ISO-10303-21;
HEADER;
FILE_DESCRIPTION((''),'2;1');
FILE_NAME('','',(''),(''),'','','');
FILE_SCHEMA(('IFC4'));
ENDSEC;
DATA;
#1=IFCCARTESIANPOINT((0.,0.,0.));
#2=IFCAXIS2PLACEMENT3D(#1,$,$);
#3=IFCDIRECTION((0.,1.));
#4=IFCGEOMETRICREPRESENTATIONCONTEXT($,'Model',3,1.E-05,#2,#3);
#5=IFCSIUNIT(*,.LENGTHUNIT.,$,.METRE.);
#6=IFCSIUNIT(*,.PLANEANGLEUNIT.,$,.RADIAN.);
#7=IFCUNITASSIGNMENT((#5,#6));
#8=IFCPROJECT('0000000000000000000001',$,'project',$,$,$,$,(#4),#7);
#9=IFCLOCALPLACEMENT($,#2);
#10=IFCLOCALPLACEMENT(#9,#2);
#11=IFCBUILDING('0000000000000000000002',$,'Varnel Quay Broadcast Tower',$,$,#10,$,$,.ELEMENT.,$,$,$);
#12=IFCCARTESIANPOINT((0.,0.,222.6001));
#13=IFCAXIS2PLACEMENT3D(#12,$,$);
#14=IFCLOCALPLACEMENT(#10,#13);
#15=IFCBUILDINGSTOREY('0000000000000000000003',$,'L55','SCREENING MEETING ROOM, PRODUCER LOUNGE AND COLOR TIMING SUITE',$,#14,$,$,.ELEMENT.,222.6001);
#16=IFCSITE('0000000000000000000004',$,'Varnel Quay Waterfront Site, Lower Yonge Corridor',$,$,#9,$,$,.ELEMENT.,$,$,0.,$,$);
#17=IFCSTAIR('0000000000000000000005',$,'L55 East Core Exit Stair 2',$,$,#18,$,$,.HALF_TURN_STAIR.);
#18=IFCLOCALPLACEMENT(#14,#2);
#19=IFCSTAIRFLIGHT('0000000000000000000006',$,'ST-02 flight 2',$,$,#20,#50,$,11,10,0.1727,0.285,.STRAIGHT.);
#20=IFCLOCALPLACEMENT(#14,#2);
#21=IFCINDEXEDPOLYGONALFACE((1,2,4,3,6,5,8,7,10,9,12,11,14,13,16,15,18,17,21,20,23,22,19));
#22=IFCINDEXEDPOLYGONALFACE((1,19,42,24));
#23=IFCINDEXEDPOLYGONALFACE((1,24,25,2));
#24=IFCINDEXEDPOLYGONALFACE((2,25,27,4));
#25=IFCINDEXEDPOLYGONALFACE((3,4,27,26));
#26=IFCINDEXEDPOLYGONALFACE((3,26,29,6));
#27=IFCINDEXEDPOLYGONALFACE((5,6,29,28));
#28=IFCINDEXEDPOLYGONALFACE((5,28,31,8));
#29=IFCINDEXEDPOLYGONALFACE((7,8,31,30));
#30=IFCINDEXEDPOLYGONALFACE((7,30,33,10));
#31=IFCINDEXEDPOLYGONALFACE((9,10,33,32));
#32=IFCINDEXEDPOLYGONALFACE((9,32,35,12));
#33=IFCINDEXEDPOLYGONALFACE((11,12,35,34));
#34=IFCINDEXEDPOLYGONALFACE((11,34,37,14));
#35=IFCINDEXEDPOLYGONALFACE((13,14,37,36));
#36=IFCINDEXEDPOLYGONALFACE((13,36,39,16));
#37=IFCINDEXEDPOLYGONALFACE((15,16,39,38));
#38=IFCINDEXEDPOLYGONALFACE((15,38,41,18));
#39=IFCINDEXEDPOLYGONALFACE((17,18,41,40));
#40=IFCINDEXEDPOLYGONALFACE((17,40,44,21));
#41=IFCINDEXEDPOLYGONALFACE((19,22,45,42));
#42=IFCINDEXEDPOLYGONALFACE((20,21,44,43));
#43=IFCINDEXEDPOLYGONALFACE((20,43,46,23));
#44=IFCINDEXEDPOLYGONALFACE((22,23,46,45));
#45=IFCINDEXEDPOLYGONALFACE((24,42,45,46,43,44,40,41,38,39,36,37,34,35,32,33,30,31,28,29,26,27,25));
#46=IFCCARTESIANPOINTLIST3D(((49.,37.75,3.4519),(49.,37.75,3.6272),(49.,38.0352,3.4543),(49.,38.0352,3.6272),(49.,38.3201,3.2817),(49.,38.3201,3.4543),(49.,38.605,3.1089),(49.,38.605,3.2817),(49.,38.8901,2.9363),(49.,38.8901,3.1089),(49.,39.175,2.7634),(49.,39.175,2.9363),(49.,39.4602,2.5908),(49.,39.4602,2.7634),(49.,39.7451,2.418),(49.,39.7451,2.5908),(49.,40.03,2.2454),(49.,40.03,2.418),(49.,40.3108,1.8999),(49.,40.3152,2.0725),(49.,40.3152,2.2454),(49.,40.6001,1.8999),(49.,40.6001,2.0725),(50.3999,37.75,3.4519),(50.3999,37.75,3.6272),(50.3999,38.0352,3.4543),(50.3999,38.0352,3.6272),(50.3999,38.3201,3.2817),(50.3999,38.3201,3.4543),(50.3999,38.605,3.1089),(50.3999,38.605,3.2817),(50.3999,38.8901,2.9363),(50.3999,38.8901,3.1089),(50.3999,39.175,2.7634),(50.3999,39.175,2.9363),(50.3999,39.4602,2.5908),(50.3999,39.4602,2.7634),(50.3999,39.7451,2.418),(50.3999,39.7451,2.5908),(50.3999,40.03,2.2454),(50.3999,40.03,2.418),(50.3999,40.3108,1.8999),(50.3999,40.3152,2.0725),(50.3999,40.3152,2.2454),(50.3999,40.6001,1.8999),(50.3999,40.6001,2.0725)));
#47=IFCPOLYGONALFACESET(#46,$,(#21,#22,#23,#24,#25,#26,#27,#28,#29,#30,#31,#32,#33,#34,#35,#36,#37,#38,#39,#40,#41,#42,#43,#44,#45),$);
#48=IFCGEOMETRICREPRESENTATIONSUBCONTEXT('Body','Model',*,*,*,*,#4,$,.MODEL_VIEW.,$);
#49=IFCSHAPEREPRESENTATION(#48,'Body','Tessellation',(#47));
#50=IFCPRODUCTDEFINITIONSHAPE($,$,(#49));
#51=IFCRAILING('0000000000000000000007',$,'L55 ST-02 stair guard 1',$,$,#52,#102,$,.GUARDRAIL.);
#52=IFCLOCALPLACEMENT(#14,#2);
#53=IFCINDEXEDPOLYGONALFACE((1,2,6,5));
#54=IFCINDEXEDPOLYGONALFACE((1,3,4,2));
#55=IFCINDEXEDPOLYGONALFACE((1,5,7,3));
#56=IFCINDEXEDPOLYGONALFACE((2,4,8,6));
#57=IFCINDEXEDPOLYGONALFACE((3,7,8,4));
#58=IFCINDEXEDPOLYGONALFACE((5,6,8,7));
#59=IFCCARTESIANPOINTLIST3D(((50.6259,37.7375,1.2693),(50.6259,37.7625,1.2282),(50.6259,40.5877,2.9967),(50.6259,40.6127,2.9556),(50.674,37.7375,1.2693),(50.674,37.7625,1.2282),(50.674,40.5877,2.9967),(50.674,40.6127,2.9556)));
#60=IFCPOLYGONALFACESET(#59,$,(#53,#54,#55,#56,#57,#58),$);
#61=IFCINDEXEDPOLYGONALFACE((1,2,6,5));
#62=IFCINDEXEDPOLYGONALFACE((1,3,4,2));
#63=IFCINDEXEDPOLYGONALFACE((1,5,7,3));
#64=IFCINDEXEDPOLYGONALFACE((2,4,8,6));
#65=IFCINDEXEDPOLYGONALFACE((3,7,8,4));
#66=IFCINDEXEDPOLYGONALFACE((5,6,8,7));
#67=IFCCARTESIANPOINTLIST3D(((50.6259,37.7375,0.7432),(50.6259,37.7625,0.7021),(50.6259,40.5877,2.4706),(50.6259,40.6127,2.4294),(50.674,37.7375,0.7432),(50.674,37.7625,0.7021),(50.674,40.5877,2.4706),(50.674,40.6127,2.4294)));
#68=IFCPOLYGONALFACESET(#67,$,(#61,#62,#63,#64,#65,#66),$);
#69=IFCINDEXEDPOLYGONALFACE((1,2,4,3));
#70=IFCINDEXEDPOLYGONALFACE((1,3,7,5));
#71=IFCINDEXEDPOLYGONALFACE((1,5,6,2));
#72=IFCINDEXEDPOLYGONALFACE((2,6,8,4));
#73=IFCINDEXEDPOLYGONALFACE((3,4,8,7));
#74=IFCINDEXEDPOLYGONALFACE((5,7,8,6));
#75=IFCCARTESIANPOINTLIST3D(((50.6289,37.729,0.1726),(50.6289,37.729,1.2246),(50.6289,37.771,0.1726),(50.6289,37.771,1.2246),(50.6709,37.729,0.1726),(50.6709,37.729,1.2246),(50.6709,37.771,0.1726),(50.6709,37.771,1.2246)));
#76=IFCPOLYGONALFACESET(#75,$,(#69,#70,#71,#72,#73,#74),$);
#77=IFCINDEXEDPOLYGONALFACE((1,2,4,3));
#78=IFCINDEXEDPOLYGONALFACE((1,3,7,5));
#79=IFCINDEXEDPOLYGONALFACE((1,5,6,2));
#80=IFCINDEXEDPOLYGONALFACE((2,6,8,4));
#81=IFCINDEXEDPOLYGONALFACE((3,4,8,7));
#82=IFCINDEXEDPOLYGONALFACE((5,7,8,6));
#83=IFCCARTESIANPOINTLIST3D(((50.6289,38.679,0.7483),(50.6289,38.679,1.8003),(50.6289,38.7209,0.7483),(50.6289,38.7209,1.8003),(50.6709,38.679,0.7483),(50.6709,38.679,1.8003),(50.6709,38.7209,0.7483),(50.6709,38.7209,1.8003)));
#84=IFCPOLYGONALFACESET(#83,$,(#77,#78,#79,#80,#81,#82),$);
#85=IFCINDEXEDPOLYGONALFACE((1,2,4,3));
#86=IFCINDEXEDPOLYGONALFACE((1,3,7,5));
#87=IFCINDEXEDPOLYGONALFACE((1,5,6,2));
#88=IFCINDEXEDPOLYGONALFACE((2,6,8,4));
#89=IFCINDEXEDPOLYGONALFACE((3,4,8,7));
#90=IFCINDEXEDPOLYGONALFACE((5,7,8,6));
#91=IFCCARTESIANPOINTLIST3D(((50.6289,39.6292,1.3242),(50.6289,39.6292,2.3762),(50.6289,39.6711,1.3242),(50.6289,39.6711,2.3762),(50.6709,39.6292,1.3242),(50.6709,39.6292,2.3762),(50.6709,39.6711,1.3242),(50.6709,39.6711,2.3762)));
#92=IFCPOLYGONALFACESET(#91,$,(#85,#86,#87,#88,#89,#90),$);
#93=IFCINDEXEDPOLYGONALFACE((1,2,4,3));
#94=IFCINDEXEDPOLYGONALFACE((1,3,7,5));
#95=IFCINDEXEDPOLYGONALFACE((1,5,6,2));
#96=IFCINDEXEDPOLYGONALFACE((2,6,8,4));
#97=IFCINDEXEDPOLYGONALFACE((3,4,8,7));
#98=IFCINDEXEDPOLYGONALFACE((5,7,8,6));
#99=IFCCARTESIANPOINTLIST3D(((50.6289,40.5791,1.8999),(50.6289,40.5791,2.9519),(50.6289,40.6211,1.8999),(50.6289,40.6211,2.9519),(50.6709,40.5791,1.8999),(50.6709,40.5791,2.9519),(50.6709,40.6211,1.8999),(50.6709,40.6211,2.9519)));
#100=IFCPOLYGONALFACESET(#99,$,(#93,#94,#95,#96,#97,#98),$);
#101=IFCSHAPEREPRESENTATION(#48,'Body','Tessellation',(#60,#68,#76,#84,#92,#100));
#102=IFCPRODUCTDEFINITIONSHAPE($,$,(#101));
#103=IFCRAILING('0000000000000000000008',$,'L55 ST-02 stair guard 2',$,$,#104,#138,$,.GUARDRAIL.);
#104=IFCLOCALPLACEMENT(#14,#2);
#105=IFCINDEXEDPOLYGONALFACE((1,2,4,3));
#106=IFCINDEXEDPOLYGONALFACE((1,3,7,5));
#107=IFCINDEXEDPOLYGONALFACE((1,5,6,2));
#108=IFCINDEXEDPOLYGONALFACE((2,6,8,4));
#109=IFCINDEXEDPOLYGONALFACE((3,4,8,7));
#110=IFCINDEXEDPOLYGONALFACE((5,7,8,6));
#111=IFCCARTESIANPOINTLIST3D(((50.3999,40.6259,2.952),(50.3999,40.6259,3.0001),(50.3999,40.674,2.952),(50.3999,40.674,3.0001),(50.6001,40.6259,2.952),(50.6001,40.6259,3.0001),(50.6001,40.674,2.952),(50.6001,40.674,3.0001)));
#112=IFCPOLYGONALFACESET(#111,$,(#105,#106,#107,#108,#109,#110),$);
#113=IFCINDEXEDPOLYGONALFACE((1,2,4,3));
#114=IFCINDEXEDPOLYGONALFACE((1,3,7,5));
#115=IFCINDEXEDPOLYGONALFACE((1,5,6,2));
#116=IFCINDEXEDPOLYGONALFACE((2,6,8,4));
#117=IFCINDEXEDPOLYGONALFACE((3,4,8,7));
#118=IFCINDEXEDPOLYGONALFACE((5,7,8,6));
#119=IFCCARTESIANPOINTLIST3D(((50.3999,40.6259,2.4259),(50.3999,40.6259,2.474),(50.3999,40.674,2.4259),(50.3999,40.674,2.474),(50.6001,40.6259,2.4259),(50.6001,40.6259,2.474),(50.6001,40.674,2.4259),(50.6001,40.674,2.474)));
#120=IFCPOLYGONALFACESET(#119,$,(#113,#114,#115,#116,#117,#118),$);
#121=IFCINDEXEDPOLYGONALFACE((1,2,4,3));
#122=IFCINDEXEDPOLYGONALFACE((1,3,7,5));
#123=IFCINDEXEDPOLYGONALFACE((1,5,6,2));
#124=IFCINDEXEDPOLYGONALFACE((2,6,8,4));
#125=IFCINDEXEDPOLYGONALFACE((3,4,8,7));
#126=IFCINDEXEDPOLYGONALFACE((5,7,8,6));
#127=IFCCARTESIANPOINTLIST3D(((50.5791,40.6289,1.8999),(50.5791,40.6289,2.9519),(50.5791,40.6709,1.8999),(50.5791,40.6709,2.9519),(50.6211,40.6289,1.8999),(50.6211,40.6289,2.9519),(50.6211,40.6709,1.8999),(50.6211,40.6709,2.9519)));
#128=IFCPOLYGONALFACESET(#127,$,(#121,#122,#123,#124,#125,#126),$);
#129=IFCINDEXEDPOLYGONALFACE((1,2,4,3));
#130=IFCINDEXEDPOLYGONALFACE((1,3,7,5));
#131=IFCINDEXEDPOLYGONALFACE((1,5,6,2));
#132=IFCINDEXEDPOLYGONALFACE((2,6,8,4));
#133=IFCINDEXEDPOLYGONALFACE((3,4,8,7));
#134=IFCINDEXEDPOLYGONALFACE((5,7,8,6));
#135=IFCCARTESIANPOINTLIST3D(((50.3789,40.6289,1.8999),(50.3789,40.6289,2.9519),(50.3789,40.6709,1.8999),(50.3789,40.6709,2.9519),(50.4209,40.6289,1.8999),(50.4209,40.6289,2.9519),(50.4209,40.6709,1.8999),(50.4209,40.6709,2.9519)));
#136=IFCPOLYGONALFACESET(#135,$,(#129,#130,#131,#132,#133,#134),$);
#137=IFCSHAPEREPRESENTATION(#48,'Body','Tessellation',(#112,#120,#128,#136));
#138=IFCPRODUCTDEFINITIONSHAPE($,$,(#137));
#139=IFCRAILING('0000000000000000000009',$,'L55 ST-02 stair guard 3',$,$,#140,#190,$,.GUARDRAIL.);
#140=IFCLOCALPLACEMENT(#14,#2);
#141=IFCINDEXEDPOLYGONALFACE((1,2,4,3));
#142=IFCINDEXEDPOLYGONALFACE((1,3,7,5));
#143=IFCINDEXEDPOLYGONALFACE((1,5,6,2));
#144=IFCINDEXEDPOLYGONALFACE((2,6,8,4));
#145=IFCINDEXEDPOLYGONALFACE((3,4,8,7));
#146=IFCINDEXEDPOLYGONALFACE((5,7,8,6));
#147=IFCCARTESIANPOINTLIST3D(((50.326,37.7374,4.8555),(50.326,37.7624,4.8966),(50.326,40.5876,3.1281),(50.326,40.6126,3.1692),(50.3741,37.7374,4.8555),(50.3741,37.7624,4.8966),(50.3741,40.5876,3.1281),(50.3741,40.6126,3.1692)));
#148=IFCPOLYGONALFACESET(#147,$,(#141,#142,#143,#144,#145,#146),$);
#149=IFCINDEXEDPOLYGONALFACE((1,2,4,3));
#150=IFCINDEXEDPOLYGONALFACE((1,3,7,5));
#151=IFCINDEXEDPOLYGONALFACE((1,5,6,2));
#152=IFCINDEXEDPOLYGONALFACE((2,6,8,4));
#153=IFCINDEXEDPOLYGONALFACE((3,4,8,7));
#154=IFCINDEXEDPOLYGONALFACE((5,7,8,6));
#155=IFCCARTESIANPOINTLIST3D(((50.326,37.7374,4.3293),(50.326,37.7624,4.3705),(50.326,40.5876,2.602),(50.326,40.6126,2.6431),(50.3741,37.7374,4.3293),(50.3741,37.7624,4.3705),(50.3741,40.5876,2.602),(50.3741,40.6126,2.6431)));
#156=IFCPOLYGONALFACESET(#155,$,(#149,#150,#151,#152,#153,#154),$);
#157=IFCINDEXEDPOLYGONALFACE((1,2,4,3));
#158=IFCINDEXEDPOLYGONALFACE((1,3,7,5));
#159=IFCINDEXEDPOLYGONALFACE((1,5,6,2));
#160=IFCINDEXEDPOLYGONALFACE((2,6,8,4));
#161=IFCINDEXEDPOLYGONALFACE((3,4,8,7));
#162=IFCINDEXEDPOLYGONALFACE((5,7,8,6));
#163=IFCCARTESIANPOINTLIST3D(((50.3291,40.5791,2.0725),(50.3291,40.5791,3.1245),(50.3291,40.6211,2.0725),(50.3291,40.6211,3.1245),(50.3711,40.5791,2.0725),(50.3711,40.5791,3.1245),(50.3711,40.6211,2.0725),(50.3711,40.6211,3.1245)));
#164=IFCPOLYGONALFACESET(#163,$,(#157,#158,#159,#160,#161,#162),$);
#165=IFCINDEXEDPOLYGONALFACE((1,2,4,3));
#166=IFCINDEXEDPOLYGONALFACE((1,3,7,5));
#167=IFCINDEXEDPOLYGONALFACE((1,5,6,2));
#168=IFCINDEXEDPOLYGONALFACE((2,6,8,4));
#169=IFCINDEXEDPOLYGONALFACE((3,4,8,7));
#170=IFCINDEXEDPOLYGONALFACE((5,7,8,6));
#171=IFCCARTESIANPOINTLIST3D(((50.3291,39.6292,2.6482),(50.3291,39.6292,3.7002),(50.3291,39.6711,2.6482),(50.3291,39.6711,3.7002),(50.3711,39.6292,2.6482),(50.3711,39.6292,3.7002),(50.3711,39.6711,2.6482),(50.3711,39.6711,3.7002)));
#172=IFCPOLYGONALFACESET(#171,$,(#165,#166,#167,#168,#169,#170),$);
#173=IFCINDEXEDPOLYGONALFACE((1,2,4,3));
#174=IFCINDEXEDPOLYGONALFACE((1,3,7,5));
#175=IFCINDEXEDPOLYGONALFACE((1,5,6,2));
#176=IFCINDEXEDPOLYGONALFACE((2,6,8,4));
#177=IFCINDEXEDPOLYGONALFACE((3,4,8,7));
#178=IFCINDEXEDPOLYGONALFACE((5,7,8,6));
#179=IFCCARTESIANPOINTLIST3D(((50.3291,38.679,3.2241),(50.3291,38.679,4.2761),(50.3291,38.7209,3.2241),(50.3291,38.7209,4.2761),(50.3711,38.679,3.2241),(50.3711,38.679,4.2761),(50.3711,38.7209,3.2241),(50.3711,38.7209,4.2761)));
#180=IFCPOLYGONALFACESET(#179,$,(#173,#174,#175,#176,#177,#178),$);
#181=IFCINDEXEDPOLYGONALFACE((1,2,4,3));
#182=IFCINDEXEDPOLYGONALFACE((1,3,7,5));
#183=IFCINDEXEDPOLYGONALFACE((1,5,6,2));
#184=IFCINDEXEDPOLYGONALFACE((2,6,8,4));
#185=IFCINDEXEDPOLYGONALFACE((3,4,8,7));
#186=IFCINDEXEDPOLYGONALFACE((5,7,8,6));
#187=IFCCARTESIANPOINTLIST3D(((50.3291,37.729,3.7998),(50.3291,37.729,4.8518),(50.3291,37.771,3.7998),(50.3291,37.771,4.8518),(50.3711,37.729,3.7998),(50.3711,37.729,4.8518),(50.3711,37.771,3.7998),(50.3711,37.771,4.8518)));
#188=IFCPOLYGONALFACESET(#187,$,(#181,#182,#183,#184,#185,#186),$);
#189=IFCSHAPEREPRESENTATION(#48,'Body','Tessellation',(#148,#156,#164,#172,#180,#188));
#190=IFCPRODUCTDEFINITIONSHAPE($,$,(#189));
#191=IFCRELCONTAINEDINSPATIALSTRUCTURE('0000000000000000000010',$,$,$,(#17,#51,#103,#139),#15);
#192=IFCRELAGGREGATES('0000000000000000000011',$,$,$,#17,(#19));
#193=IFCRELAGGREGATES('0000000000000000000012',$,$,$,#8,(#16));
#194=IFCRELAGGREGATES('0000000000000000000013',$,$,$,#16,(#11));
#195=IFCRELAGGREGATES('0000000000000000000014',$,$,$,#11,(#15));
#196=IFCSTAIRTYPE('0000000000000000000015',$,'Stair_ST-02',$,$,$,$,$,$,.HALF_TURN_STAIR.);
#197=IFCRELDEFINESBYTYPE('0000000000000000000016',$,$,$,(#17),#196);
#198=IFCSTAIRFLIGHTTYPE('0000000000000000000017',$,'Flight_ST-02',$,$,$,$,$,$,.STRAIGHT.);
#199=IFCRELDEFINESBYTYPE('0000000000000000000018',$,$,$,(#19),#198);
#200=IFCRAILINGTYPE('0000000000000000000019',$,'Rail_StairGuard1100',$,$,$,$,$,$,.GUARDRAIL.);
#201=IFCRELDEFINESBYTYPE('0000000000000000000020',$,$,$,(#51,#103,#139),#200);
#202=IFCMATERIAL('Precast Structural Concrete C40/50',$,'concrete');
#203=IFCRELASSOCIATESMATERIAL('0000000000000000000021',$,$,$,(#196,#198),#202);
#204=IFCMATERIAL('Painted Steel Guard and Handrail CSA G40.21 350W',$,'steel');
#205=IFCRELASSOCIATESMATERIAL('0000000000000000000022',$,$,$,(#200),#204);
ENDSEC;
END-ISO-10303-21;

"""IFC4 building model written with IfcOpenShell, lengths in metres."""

from ifc_helpers import new_model, si_unit, direction, frame, origin, origin_2d, place, context, subcontext, project, spatial, polyline, rectangle, outline, extrude, material, type_object, element, aggregate, save


model = new_model("IFC4")

# Units and contexts
model_context = context("Model", 3, precision=1e-05, world=origin(), true_north=direction((0.0, 1.0)))
body_context = subcontext(model_context, "Body", "Model", "MODEL_VIEW")
ifc_project = project(units=[si_unit("LENGTHUNIT", "METRE"), si_unit("PLANEANGLEUNIT", "RADIAN")], contexts=[model_context])

# Site, building, storey
site_placement = place(None, origin())
site = spatial("IfcSite", under=ifc_project, at=site_placement, Name="Varnel Quay Waterfront Site, Lower Yonge Corridor", CompositionType="ELEMENT", RefElevation=0.0)
building_placement = place(site_placement, origin())
building = spatial("IfcBuilding", under=site, at=building_placement, Name="Varnel Quay Broadcast Tower", CompositionType="ELEMENT")
storey_placement = place(building_placement, frame((0.0, 0.0, 222.6001)))
storey = spatial("IfcBuildingStorey", under=building, at=storey_placement, Name="L55", Description="SCREENING MEETING ROOM, PRODUCER LOUNGE AND COLOR TIMING SUITE", CompositionType="ELEMENT", Elevation=222.6001)

# Stair, stair flight
ifc_material_1 = material(Name="Precast Structural Concrete C40/50", Category="concrete")
stair_type = type_object("IfcStairType", Name="Stair_ST-02", PredefinedType="HALF_TURN_STAIR", material=ifc_material_1)
stair_placement = place(storey_placement, origin())
stair = element("IfcStair", 1, at=stair_placement, inside=storey, type_object=stair_type, Name="L55 East Core Exit Stair 2", PredefinedType="HALF_TURN_STAIR")
stair_flight_type = type_object("IfcStairFlightType", Name="Flight_ST-02", PredefinedType="STRAIGHT", material=ifc_material_1)
stair_flight_1_placement = place(storey_placement, frame((49.7, 40.6001, 1.8999), z_axis=(0.0, 0.0, 1.0), x_axis=(0.0, -1.0, 0.0)))
stair_flight_1 = element("IfcStairFlight", 2, at=stair_flight_1_placement, type_object=stair_flight_type, Name="ST-02 flight 2", NumberOfRisers=11, NumberOfTreads=10, PredefinedType="STRAIGHT", RiserHeight=0.1727, TreadLength=0.285, context=body_context, shape_type="SweptSolid", body=[
    extrude(outline(polyline([(0.0, 0.0), (0.0, 0.1726), (0.2849, 0.1726), (0.2849, 0.3455), (0.5701, 0.3455), (0.5701, 0.5181), (0.855, 0.5181), (0.855, 0.6909), (1.1399, 0.6909), (1.1399, 0.8635), (1.425, 0.8635), (1.425, 1.0364), (1.71, 1.0364), (1.71, 1.209), (1.9951, 1.209), (1.9951, 1.3818), (2.28, 1.3818), (2.28, 1.5544), (2.5649, 1.5544), (2.5649, 1.7273), (2.8501, 1.7273), (2.8501, 1.8999), (2.8501, 1.552), (0.2893, 0.0), (0.0, 0.0)])), frame((0.0, 0.7, 0.0), z_axis=(0.0, -1.0, 0.0), x_axis=(1.0, 0.0, 0.0)), (0.0, 0.0, 1.0), 1.3999),
])
aggregate(stair, [stair_flight_1])

# Railings
ifc_material_2 = material(Name="Painted Steel Guard and Handrail CSA G40.21 350W", Category="steel")
railing_type_1 = type_object("IfcRailingType", Name="Rail_StairGuard1100", PredefinedType="GUARDRAIL", material=ifc_material_2)
railing_1_placement = place(storey_placement, frame((50.6499, 37.75, 0.1726)))
element("IfcRailing", 3, at=railing_1_placement, inside=storey, type_object=railing_type_1, Name="L55 ST-02 stair guard 1", PredefinedType="GUARDRAIL", context=body_context, shape_type="SweptSolid", body=[
    extrude(rectangle(XDim=0.0481, YDim=0.0481, at=origin_2d()), frame((0.0, 0.0, 1.0762), z_axis=(0.0, 0.855203, 0.518294), x_axis=(-1.0, 0.0, 0.0)), (0.0, 0.0, 1.0), 3.3328),
    extrude(rectangle(XDim=0.0481, YDim=0.0481, at=origin_2d()), frame((0.0, 0.0, 0.55), z_axis=(0.0, 0.855203, 0.518294), x_axis=(-1.0, 0.0, 0.0)), (0.0, 0.0, 1.0), 3.3328),
    extrude(rectangle(XDim=0.042, YDim=0.042, at=origin_2d()), origin(), (0.0, 0.0, 1.0), 1.052),
    extrude(rectangle(XDim=0.042, YDim=0.042, at=origin_2d()), frame((0.0, 0.95, 0.5757)), (0.0, 0.0, 1.0), 1.052),
    extrude(rectangle(XDim=0.042, YDim=0.042, at=origin_2d()), frame((0.0, 1.9001, 1.1516)), (0.0, 0.0, 1.0), 1.052),
    extrude(rectangle(XDim=0.042, YDim=0.042, at=origin_2d()), frame((0.0, 2.8501, 1.7273)), (0.0, 0.0, 1.0), 1.052),
])
railing_2_placement = place(storey_placement, frame((50.6001, 40.6499, 1.8999)))
element("IfcRailing", 4, at=railing_2_placement, inside=storey, type_object=railing_type_1, Name="L55 ST-02 stair guard 2", PredefinedType="GUARDRAIL", context=body_context, shape_type="SweptSolid", body=[
    extrude(rectangle(XDim=0.0481, YDim=0.0481, at=origin_2d()), frame((0.0, 0.0, 1.0762), z_axis=(-1.0, 0.0, 0.0), x_axis=(0.0, -1.0, 0.0)), (0.0, 0.0, 1.0), 0.2002),
    extrude(rectangle(XDim=0.0481, YDim=0.0481, at=origin_2d()), frame((0.0, 0.0, 0.55), z_axis=(-1.0, 0.0, 0.0), x_axis=(0.0, -1.0, 0.0)), (0.0, 0.0, 1.0), 0.2002),
    extrude(rectangle(XDim=0.042, YDim=0.042, at=origin_2d()), origin(), (0.0, 0.0, 1.0), 1.052),
    extrude(rectangle(XDim=0.042, YDim=0.042, at=origin_2d()), frame((-0.2002, 0.0, 0.0)), (0.0, 0.0, 1.0), 1.052),
])
railing_3_placement = place(storey_placement, frame((50.3501, 40.6001, 2.0725)))
element("IfcRailing", 5, at=railing_3_placement, inside=storey, type_object=railing_type_1, Name="L55 ST-02 stair guard 3", PredefinedType="GUARDRAIL", context=body_context, shape_type="SweptSolid", body=[
    extrude(rectangle(XDim=0.0481, YDim=0.0481, at=origin_2d()), frame((0.0, 0.0, 1.0762), z_axis=(0.0, -0.855203, 0.518294), x_axis=(1.0, 0.0, 0.0)), (0.0, 0.0, 1.0), 3.3328),
    extrude(rectangle(XDim=0.0481, YDim=0.0481, at=origin_2d()), frame((0.0, 0.0, 0.55), z_axis=(0.0, -0.855203, 0.518294), x_axis=(1.0, 0.0, 0.0)), (0.0, 0.0, 1.0), 3.3328),
    extrude(rectangle(XDim=0.042, YDim=0.042, at=origin_2d()), origin(), (0.0, 0.0, 1.0), 1.052),
    extrude(rectangle(XDim=0.042, YDim=0.042, at=origin_2d()), frame((0.0, -0.95, 0.5757)), (0.0, 0.0, 1.0), 1.052),
    extrude(rectangle(XDim=0.042, YDim=0.042, at=origin_2d()), frame((0.0, -1.9001, 1.1516)), (0.0, 0.0, 1.0), 1.052),
    extrude(rectangle(XDim=0.042, YDim=0.042, at=origin_2d()), frame((0.0, -2.8501, 1.7273)), (0.0, 0.0, 1.0), 1.052),
])

save(model, "model.ifc")
